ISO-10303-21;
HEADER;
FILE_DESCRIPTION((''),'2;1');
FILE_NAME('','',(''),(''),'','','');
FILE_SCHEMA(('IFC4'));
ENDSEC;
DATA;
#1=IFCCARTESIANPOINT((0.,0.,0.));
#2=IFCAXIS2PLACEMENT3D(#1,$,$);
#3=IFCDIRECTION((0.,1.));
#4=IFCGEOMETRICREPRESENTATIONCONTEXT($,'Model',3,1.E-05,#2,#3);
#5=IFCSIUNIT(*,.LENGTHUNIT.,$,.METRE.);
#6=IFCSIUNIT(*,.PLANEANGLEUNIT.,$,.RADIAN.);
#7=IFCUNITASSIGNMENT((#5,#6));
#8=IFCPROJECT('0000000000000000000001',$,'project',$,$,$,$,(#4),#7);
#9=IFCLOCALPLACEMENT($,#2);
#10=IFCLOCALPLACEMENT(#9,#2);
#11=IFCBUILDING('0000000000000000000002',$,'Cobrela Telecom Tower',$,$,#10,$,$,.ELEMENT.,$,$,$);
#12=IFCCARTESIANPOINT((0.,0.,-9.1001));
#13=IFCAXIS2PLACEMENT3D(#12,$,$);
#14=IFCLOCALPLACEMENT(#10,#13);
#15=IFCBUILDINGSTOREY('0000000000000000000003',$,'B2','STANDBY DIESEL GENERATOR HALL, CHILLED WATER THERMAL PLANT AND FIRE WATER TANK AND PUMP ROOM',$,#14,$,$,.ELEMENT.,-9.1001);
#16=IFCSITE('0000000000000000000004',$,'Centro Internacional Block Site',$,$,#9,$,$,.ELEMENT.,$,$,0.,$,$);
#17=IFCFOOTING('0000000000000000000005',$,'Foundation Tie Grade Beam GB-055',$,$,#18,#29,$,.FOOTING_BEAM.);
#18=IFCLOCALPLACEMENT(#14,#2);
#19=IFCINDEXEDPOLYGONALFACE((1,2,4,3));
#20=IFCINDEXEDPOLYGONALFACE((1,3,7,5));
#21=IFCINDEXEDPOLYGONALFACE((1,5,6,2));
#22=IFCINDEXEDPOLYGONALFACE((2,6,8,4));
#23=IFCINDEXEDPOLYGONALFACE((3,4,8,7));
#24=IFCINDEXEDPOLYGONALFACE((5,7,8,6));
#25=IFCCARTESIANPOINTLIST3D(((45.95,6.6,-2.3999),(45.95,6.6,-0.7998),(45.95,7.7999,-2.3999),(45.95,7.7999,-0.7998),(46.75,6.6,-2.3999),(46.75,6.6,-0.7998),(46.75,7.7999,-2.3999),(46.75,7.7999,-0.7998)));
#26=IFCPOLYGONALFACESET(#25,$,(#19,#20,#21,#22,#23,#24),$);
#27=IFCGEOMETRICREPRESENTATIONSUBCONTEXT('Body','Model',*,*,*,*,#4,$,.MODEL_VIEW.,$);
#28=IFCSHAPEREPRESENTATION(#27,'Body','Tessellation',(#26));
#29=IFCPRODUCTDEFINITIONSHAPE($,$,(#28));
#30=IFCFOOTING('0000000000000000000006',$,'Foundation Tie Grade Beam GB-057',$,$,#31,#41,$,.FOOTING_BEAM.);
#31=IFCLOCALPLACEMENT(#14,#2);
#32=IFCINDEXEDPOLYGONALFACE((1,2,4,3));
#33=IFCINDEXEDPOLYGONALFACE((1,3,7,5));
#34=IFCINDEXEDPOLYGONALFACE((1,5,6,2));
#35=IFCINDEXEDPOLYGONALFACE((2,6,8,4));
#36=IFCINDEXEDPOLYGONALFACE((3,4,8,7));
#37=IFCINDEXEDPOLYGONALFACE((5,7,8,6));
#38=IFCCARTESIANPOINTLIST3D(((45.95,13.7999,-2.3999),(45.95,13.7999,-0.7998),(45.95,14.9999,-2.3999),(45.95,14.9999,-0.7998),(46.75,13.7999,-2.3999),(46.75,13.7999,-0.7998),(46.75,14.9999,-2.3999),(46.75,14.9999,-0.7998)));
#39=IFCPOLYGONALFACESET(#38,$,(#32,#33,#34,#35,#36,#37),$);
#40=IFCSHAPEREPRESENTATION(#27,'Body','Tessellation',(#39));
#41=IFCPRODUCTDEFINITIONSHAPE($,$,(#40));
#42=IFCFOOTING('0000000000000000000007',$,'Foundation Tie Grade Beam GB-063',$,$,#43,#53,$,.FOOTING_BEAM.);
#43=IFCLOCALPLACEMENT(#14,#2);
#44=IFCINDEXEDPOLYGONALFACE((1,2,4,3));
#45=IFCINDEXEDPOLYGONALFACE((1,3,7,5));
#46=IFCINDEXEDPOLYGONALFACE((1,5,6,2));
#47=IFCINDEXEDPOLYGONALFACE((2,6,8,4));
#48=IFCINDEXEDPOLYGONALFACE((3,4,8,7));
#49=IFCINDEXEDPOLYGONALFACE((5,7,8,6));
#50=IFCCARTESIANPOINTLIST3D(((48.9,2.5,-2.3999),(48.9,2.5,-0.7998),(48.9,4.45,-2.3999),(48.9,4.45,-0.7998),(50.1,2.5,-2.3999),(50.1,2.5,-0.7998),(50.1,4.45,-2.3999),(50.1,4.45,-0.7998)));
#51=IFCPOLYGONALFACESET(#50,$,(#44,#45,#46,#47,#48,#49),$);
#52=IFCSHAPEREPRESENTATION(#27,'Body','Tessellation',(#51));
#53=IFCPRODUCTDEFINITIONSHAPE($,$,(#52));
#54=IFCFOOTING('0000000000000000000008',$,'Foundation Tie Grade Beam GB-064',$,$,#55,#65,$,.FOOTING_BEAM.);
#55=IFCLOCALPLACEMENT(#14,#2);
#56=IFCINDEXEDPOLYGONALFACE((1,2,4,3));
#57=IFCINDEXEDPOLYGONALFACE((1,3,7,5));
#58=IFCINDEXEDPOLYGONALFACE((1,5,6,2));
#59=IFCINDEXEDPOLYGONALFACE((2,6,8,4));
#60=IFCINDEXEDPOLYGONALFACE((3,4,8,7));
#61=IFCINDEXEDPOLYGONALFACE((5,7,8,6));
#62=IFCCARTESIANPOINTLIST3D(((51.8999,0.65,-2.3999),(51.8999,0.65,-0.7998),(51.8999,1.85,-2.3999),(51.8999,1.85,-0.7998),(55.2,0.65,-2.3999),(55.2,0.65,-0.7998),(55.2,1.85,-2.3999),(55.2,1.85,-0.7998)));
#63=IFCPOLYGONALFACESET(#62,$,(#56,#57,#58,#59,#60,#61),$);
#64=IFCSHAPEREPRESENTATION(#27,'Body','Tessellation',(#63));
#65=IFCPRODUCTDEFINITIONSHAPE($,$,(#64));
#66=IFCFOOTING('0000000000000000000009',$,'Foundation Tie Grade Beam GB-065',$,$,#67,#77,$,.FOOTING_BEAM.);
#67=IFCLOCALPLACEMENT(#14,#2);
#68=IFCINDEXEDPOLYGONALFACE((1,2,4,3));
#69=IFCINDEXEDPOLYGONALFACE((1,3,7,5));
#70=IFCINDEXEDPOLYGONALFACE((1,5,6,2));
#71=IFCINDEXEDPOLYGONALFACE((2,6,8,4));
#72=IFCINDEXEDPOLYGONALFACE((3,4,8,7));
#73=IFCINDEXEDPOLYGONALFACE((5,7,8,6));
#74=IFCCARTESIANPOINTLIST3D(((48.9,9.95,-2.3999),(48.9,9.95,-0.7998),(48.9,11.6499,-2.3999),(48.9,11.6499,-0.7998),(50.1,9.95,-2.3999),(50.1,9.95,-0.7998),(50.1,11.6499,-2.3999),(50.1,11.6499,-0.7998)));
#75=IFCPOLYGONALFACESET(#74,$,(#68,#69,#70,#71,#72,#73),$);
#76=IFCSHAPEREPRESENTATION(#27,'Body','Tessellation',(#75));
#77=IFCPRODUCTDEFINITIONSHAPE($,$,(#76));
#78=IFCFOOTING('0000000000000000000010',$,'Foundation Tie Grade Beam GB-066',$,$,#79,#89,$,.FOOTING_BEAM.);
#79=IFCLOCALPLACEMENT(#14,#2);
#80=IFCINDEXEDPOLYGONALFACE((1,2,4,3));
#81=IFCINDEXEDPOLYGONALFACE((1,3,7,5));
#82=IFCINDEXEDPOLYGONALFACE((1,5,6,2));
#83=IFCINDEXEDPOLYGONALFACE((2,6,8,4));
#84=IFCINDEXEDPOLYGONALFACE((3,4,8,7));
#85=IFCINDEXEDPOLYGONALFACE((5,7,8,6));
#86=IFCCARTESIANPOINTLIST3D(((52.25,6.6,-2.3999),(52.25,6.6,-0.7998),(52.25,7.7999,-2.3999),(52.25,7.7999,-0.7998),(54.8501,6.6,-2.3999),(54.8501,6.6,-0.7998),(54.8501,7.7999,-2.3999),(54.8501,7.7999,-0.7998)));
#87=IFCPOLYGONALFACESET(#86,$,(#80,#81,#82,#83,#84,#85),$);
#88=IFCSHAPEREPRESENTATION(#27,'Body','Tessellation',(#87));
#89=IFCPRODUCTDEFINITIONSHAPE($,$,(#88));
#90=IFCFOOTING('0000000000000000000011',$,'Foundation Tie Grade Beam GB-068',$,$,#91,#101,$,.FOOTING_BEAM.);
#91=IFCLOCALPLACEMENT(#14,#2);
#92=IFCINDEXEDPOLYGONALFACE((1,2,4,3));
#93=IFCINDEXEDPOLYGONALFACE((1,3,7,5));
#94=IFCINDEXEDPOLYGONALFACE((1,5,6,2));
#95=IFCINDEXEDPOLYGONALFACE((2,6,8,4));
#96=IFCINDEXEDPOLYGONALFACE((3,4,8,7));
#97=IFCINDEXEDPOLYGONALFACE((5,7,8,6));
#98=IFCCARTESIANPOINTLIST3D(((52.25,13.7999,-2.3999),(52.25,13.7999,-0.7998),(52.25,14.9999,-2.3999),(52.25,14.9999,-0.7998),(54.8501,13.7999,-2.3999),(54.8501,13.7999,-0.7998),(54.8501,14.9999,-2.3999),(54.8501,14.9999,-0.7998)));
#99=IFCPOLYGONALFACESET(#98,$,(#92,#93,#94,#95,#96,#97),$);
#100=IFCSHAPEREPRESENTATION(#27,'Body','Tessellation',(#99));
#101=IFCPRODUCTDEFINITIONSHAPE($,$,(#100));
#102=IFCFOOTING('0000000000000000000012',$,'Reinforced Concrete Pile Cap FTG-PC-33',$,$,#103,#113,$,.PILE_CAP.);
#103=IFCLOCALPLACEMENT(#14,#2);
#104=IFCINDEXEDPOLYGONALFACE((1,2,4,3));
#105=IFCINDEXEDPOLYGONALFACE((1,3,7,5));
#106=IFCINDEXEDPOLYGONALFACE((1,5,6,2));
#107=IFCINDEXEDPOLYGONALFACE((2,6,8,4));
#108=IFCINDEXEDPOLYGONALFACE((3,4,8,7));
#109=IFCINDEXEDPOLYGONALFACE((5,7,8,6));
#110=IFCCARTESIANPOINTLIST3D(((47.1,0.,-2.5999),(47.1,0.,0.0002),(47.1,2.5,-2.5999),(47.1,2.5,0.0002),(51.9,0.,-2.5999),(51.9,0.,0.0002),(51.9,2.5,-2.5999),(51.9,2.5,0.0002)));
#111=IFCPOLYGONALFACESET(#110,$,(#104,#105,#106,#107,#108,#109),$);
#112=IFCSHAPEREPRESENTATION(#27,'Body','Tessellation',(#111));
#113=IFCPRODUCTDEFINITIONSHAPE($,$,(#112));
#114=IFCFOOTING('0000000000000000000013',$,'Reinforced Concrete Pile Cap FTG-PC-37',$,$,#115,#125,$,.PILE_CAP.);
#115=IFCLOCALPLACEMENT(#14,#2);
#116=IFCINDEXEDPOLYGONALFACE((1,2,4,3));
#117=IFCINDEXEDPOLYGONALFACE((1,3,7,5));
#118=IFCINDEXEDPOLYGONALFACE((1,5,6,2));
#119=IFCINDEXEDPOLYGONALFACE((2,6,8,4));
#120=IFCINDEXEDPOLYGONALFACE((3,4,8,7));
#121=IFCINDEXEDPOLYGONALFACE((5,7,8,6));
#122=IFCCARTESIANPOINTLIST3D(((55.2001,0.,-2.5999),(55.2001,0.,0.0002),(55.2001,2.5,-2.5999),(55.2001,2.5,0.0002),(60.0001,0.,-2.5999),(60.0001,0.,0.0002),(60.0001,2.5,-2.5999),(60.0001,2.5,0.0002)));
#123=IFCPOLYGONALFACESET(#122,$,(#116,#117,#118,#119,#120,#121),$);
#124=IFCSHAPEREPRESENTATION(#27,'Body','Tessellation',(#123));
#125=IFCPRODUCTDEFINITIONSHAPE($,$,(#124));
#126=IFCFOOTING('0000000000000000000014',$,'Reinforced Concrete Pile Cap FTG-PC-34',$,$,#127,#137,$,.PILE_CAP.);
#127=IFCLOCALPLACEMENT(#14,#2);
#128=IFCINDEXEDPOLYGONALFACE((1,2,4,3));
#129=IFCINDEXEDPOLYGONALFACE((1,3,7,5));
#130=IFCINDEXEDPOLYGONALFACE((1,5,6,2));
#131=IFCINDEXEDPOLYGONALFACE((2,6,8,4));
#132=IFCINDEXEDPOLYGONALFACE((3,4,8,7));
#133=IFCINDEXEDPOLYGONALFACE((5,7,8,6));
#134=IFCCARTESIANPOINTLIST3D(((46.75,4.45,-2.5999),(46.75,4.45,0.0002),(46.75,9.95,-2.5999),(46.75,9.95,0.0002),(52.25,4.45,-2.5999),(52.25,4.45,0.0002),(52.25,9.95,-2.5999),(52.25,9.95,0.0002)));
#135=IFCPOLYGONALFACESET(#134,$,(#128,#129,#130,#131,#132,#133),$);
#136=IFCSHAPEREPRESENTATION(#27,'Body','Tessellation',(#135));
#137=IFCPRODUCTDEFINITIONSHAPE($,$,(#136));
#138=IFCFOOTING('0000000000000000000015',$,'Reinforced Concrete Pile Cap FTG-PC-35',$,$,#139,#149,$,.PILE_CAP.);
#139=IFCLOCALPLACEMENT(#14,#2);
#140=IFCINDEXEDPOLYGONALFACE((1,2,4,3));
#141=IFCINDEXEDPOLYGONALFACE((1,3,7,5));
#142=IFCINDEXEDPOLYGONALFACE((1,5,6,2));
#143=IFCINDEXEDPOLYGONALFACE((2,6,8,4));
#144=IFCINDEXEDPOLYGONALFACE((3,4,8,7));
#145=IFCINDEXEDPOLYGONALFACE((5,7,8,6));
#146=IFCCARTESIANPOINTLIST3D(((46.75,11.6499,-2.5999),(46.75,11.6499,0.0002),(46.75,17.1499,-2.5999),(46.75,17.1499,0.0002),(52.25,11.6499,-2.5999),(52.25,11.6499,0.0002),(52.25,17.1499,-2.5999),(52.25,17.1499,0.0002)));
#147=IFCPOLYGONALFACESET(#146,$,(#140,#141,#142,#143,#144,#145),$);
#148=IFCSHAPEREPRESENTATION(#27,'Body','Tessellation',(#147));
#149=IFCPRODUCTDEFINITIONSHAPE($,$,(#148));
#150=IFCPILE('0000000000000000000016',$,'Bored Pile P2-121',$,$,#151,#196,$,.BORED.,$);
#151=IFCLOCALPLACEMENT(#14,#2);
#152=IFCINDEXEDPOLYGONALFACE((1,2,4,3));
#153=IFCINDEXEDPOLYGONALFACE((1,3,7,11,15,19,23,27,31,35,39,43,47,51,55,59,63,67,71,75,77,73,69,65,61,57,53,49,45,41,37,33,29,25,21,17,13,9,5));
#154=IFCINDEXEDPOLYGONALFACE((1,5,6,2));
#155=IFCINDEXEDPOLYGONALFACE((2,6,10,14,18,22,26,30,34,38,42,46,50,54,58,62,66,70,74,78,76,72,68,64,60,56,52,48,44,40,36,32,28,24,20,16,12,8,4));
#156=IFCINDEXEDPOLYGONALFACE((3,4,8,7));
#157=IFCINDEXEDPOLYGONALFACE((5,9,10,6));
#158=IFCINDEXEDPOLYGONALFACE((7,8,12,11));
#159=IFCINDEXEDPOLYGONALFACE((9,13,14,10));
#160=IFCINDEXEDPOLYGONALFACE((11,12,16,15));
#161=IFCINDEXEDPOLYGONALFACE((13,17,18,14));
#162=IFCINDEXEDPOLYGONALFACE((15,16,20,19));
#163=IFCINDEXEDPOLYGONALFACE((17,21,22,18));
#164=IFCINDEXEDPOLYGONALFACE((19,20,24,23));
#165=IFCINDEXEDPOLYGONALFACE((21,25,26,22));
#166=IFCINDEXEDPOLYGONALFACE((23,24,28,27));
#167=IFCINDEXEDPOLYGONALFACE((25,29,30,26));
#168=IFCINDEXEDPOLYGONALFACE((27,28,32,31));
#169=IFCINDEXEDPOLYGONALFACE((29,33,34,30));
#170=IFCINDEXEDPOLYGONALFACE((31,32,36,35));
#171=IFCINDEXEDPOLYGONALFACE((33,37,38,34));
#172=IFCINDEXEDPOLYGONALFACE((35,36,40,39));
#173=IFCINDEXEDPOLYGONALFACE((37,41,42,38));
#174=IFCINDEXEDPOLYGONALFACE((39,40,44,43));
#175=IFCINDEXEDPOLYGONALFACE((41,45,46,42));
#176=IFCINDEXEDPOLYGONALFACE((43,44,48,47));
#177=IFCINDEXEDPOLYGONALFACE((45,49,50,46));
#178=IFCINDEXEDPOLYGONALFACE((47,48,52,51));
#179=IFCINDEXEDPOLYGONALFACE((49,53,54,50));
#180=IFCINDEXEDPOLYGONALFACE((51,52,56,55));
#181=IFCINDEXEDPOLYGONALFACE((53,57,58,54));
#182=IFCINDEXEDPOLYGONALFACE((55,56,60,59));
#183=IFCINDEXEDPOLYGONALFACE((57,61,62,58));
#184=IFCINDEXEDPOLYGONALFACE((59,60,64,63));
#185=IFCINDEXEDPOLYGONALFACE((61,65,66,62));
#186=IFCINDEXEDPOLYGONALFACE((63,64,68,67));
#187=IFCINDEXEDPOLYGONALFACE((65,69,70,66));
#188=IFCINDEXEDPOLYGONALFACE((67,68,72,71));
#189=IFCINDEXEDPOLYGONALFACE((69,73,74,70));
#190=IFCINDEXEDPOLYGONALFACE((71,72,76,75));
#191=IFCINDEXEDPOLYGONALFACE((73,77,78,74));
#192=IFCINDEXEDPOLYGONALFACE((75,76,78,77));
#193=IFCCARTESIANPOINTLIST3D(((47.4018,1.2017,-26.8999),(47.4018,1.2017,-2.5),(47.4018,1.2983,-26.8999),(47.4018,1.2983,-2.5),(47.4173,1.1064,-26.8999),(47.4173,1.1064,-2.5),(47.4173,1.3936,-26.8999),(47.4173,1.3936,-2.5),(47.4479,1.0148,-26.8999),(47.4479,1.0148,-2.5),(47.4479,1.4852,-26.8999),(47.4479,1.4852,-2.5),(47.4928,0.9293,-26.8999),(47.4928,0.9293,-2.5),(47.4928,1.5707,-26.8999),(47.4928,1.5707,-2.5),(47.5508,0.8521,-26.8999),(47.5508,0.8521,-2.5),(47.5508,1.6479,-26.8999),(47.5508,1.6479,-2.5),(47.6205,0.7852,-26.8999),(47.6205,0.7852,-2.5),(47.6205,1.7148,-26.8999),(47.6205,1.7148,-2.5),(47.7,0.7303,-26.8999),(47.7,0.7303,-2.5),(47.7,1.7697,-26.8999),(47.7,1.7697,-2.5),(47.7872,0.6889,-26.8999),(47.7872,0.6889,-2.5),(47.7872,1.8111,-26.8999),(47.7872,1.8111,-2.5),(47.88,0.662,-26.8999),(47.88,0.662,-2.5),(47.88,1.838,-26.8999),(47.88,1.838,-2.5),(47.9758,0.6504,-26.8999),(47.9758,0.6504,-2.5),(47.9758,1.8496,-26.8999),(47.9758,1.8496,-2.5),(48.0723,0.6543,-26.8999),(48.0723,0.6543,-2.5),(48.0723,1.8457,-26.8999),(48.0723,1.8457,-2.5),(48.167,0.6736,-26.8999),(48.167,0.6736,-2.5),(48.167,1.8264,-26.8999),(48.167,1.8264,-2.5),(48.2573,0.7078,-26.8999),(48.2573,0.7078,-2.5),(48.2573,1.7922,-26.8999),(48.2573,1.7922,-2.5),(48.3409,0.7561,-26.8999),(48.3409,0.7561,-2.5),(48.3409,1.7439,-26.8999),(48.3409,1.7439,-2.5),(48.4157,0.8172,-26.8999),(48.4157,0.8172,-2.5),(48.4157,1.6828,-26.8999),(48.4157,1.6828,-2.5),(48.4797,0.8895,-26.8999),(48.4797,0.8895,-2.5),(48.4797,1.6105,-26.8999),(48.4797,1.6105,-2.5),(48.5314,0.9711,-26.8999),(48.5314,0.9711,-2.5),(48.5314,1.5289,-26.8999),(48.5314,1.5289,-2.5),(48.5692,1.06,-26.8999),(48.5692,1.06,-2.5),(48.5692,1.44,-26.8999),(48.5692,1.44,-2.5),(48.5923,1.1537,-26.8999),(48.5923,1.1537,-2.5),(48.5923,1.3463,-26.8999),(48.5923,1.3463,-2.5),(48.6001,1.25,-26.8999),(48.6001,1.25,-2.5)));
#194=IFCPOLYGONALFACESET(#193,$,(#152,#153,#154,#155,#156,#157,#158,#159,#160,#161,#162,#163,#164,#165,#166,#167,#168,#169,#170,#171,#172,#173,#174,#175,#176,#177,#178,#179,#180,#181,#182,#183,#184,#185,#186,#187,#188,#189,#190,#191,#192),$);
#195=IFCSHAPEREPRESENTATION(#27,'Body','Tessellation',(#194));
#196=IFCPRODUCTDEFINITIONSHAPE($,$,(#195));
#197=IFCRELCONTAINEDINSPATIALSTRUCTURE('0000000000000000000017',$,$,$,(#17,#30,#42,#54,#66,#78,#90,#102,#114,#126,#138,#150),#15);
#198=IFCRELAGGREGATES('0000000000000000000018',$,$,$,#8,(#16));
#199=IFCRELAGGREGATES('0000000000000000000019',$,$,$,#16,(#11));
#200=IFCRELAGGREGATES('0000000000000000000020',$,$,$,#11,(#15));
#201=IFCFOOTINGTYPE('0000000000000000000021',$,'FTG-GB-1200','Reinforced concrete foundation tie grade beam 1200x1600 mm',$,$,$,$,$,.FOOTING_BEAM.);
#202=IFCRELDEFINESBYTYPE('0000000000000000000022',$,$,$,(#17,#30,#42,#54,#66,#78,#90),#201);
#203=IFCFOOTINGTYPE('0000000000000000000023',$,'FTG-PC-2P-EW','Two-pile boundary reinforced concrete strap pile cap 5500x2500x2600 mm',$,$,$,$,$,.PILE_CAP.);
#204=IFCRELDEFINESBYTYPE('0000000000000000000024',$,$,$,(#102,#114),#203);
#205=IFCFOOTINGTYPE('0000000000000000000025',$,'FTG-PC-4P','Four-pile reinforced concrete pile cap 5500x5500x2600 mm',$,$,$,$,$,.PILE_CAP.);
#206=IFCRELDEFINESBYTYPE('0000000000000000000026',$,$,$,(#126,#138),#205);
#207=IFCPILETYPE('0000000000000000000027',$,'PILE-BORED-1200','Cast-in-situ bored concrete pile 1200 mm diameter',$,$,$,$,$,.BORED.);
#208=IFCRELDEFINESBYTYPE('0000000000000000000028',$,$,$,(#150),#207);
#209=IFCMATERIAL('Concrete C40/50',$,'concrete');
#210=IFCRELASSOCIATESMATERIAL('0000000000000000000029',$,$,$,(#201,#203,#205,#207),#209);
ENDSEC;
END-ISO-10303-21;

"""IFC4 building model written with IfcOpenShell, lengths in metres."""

from ifc_helpers import new_model, si_unit, direction, frame, origin, origin_2d, place, context, subcontext, project, spatial, rectangle, circle, extrude, material, material_profile, profile_set, type_object, element, save


model = new_model("IFC4")

# Units and contexts
model_context = context("Model", 3, precision=1e-05, world=origin(), true_north=direction((0.0, 1.0)))
body_context = subcontext(model_context, "Body", "Model", "MODEL_VIEW")
ifc_project = project(units=[si_unit("LENGTHUNIT", "METRE"), si_unit("PLANEANGLEUNIT", "RADIAN")], contexts=[model_context])

# Site, building, storey
site_placement = place(None, origin())
site = spatial("IfcSite", under=ifc_project, at=site_placement, Name="Centro Internacional Block Site", CompositionType="ELEMENT", RefElevation=0.0)
building_placement = place(site_placement, origin())
building = spatial("IfcBuilding", under=site, at=building_placement, Name="Cobrela Telecom Tower", CompositionType="ELEMENT")
storey_placement = place(building_placement, frame((0.0, 0.0, -9.1001)))
storey = spatial("IfcBuildingStorey", under=building, at=storey_placement, Name="B2", Description="STANDBY DIESEL GENERATOR HALL, CHILLED WATER THERMAL PLANT AND FIRE WATER TANK AND PUMP ROOM", CompositionType="ELEMENT", Elevation=-9.1001)

# Footings
ifc_material_1 = material(Name="Concrete C40/50", Category="concrete")
ifc_material_profile_1 = material_profile(ifc_material_1, rectangle(XDim=1.2, YDim=1.6001, at=origin_2d()), Name="GB 1200x1600")
ifc_profile_set_1 = profile_set([ifc_material_profile_1], Name="Concrete C40/50")
footing_type_1 = type_object("IfcFootingType", Name="FTG-GB-1200", Description="Reinforced concrete foundation tie grade beam 1200x1600 mm", PredefinedType="FOOTING_BEAM", material=ifc_profile_set_1)
for number, where, z_axis, x_axis, name in (
    (1, (45.95, 7.2, -1.5999), (1.0, 0.0, 0.0), (0.0, 1.0, 0.0), "Foundation Tie Grade Beam GB-055"),
    (2, (45.95, 14.3999, -1.5999), (1.0, 0.0, 0.0), (0.0, 1.0, 0.0), "Foundation Tie Grade Beam GB-057"),
):
    element("IfcFooting", number, at=place(storey_placement, frame(where, z_axis=z_axis, x_axis=x_axis)), inside=storey, type_object=footing_type_1, Name=name, PredefinedType="FOOTING_BEAM", context=body_context, shape_type="SweptSolid", body=[
        extrude(rectangle(XDim=1.2, YDim=1.6001, at=origin_2d()), origin(), (0.0, 0.0, 1.0), 0.8),
    ])
footing_1_placement = place(storey_placement, frame((49.5, 2.5, -1.5999), z_axis=(0.0, 1.0, 0.0), x_axis=(-1.0, 0.0, 0.0)))
element("IfcFooting", 3, at=footing_1_placement, inside=storey, type_object=footing_type_1, Name="Foundation Tie Grade Beam GB-063", PredefinedType="FOOTING_BEAM", context=body_context, shape_type="SweptSolid", body=[
    extrude(rectangle(XDim=1.2, YDim=1.6001, at=origin_2d()), origin(), (0.0, 0.0, 1.0), 1.95),
])
footing_2_placement = place(storey_placement, frame((51.8999, 1.25, -1.5999), z_axis=(1.0, 0.0, 0.0), x_axis=(0.0, 1.0, 0.0)))
element("IfcFooting", 4, at=footing_2_placement, inside=storey, type_object=footing_type_1, Name="Foundation Tie Grade Beam GB-064", PredefinedType="FOOTING_BEAM", context=body_context, shape_type="SweptSolid", body=[
    extrude(rectangle(XDim=1.2, YDim=1.6001, at=origin_2d()), origin(), (0.0, 0.0, 1.0), 3.3),
])
footing_3_placement = place(storey_placement, frame((49.5, 9.95, -1.5999), z_axis=(0.0, 1.0, 0.0), x_axis=(-1.0, 0.0, 0.0)))
element("IfcFooting", 5, at=footing_3_placement, inside=storey, type_object=footing_type_1, Name="Foundation Tie Grade Beam GB-065", PredefinedType="FOOTING_BEAM", context=body_context, shape_type="SweptSolid", body=[
    extrude(rectangle(XDim=1.2, YDim=1.6001, at=origin_2d()), origin(), (0.0, 0.0, 1.0), 1.7),
])
for number, where, z_axis, x_axis, name in (
    (6, (52.25, 7.2, -1.5999), (1.0, 0.0, 0.0), (0.0, 1.0, 0.0), "Foundation Tie Grade Beam GB-066"),
    (7, (52.25, 14.3999, -1.5999), (1.0, 0.0, 0.0), (0.0, 1.0, 0.0), "Foundation Tie Grade Beam GB-068"),
):
    element("IfcFooting", number, at=place(storey_placement, frame(where, z_axis=z_axis, x_axis=x_axis)), inside=storey, type_object=footing_type_1, Name=name, PredefinedType="FOOTING_BEAM", context=body_context, shape_type="SweptSolid", body=[
        extrude(rectangle(XDim=1.2, YDim=1.6001, at=origin_2d()), origin(), (0.0, 0.0, 1.0), 2.6001),
    ])
footing_type_2 = type_object("IfcFootingType", Name="FTG-PC-2P-EW", Description="Two-pile boundary reinforced concrete strap pile cap 5500x2500x2600 mm", PredefinedType="PILE_CAP", material=ifc_material_1)
for number, where, z_axis, x_axis, name in (
    (8, (49.5, 1.25, -2.5999), (0.0, 0.0, 1.0), (1.0, 0.0, 0.0), "Reinforced Concrete Pile Cap FTG-PC-33"),
    (9, (57.6001, 1.25, -2.5999), (0.0, 0.0, 1.0), (1.0, 0.0, 0.0), "Reinforced Concrete Pile Cap FTG-PC-37"),
):
    element("IfcFooting", number, at=place(storey_placement, frame(where, z_axis=z_axis, x_axis=x_axis)), inside=storey, type_object=footing_type_2, Name=name, PredefinedType="PILE_CAP", context=body_context, shape_type="SweptSolid", body=[
        extrude(rectangle(XDim=4.8, YDim=2.5, at=origin_2d()), origin(), (0.0, 0.0, 1.0), 2.6001),
    ])
footing_type_3 = type_object("IfcFootingType", Name="FTG-PC-4P", Description="Four-pile reinforced concrete pile cap 5500x5500x2600 mm", PredefinedType="PILE_CAP", material=ifc_material_1)
for number, where, z_axis, x_axis, name in (
    (10, (49.5, 7.2, -2.5999), (0.0, 0.0, 1.0), (1.0, 0.0, 0.0), "Reinforced Concrete Pile Cap FTG-PC-34"),
    (11, (49.5, 14.3999, -2.5999), (0.0, 0.0, 1.0), (1.0, 0.0, 0.0), "Reinforced Concrete Pile Cap FTG-PC-35"),
):
    element("IfcFooting", number, at=place(storey_placement, frame(where, z_axis=z_axis, x_axis=x_axis)), inside=storey, type_object=footing_type_3, Name=name, PredefinedType="PILE_CAP", context=body_context, shape_type="SweptSolid", body=[
        extrude(rectangle(XDim=5.5, YDim=5.5, at=origin_2d()), origin(), (0.0, 0.0, 1.0), 2.6001),
    ])

# Pile
ifc_material_profile_2 = material_profile(ifc_material_1, circle(Radius=0.6001, at=origin_2d()), Name="BORED PILE D1200")
ifc_profile_set_2 = profile_set([ifc_material_profile_2], Name="Concrete C40/50")
pile_type = type_object("IfcPileType", Name="PILE-BORED-1200", Description="Cast-in-situ bored concrete pile 1200 mm diameter", PredefinedType="BORED", material=ifc_profile_set_2)
for number, where, z_axis, x_axis, name in (
    (12, (48.0, 1.25, -2.5), (0.0, 0.0, -1.0), (1.0, 0.0, 0.0), "Bored Pile P2-121"),
):
    element("IfcPile", number, at=place(storey_placement, frame(where, z_axis=z_axis, x_axis=x_axis)), inside=storey, type_object=pile_type, Name=name, PredefinedType="BORED", context=body_context, shape_type="SweptSolid", body=[
        extrude(circle(Radius=0.6001, at=origin_2d()), origin(), (0.0, 0.0, 1.0), 24.3999),
    ])

save(model, "model.ifc")
